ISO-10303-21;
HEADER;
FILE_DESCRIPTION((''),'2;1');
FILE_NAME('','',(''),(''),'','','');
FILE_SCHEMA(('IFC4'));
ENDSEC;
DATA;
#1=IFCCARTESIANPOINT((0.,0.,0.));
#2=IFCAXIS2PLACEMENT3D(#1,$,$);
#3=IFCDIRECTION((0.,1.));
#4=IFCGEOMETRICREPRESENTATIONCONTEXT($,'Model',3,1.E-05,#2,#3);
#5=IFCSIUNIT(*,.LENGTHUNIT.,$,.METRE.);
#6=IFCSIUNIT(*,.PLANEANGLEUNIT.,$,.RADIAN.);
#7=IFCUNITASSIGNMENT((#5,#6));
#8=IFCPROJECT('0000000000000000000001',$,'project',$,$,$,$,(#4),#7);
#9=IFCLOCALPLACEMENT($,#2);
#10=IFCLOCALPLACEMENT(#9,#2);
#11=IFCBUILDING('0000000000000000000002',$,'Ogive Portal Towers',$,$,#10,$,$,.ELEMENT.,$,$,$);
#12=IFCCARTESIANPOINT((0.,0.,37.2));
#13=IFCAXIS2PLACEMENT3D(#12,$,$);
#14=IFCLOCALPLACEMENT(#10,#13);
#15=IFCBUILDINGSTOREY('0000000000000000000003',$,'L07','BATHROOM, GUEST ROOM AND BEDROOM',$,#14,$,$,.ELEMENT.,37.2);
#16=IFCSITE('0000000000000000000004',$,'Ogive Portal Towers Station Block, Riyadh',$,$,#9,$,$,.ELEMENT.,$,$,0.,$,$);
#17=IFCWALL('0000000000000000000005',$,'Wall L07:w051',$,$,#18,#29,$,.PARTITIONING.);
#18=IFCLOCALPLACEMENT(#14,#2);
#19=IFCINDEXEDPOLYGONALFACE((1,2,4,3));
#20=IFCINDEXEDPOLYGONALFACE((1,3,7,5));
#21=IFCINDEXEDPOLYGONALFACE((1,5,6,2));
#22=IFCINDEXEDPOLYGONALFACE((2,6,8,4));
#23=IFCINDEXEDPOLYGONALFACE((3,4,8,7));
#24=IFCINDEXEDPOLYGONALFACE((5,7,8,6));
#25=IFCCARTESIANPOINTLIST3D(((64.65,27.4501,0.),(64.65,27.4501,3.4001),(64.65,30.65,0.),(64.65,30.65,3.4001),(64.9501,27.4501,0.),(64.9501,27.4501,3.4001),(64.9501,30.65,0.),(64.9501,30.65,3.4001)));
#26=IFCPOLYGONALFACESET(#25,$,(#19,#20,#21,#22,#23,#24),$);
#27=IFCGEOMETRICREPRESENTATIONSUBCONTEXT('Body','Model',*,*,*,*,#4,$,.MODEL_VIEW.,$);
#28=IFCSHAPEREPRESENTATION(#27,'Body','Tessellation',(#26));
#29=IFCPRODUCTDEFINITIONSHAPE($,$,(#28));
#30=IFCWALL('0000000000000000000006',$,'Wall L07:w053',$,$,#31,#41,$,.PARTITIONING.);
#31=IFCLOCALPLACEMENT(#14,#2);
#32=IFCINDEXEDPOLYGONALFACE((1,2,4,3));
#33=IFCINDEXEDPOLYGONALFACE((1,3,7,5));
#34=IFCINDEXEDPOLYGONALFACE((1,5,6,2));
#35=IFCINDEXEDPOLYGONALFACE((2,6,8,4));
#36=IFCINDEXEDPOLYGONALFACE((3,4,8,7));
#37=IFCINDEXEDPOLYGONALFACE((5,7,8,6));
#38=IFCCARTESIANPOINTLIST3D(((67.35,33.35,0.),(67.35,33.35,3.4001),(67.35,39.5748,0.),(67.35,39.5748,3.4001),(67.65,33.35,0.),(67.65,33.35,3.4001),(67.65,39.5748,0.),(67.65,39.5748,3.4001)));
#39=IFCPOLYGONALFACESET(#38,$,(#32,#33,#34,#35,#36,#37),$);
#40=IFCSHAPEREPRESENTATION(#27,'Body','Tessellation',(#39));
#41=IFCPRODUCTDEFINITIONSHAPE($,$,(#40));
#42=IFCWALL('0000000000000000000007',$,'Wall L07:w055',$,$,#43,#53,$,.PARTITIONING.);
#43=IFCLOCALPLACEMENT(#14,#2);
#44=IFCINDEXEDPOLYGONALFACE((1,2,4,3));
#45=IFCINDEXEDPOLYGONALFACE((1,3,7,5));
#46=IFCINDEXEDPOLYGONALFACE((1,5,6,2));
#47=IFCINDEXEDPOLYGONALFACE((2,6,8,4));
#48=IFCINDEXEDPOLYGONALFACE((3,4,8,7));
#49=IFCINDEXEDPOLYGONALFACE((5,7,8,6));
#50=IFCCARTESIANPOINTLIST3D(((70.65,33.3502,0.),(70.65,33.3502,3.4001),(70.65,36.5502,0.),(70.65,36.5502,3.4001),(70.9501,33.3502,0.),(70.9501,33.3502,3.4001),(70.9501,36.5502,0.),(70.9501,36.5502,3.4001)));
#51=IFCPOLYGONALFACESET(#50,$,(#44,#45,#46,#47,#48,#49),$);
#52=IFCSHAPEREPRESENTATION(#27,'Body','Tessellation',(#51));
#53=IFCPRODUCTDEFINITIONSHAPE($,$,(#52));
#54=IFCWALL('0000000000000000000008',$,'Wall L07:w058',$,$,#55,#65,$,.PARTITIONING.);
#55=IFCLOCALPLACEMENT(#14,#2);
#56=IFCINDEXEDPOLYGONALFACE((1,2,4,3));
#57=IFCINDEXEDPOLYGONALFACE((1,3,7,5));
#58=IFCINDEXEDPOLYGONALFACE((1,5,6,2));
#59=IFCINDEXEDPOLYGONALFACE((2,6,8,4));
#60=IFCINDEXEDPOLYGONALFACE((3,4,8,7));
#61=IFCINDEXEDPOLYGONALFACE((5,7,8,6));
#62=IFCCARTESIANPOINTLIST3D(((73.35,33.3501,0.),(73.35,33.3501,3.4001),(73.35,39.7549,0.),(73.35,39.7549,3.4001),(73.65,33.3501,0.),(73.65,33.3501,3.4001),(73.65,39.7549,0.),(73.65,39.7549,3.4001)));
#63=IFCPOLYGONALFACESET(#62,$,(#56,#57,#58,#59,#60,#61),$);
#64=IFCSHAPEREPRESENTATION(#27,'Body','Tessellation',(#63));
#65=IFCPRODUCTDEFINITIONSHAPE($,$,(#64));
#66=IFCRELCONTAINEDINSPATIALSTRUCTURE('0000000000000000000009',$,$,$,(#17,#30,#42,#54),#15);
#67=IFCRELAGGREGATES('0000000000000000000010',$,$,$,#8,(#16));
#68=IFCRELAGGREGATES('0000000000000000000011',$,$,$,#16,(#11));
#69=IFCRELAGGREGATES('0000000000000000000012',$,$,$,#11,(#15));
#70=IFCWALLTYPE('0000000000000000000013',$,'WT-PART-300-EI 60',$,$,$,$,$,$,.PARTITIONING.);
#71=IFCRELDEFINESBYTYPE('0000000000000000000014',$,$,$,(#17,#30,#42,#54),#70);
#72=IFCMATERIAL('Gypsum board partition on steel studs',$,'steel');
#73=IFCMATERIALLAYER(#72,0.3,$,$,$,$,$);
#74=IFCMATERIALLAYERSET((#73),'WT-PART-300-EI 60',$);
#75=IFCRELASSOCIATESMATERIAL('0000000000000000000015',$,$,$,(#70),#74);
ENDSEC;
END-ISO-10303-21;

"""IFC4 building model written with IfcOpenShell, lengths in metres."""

from ifc_helpers import new_model, si_unit, direction, frame, frame_2d, origin, place, context, subcontext, project, spatial, rectangle, extrude, material, layer, layer_set, type_object, element, save


model = new_model("IFC4")

# Units and contexts
model_context = context("Model", 3, precision=1e-05, world=origin(), true_north=direction((0.0, 1.0)))
body_context = subcontext(model_context, "Body", "Model", "MODEL_VIEW")
ifc_project = project(units=[si_unit("LENGTHUNIT", "METRE"), si_unit("PLANEANGLEUNIT", "RADIAN")], contexts=[model_context])

# Site, building, storey
site_placement = place(None, origin())
site = spatial("IfcSite", under=ifc_project, at=site_placement, Name="Ogive Portal Towers Station Block, Riyadh", CompositionType="ELEMENT", RefElevation=0.0)
building_placement = place(site_placement, origin())
building = spatial("IfcBuilding", under=site, at=building_placement, Name="Ogive Portal Towers", CompositionType="ELEMENT")
storey_placement = place(building_placement, frame((0.0, 0.0, 37.2)))
storey = spatial("IfcBuildingStorey", under=building, at=storey_placement, Name="L07", Description="BATHROOM, GUEST ROOM AND BEDROOM", CompositionType="ELEMENT", Elevation=37.2)

# Shared definitions
ifc_material_1 = material(Name="Gypsum board partition on steel studs", Category="steel")
ifc_layer_1 = layer(ifc_material_1, 0.3)
ifc_layer_set_1 = layer_set([ifc_layer_1], Name="WT-PART-300-EI 60")
wall_type = type_object("IfcWallType", Name="WT-PART-300-EI 60", PredefinedType="PARTITIONING", material=ifc_layer_set_1)

# Walls
wall_1_placement = place(storey_placement, frame((64.8, 27.45, 0.0), z_axis=(0.0, 0.0, 1.0), x_axis=(0.0, 1.0, 0.0)))
element("IfcWall", 1, at=wall_1_placement, inside=storey, type_object=wall_type, Name="Wall L07:w051", PredefinedType="PARTITIONING", context=body_context, shape_type="SweptSolid", body=[
    extrude(rectangle(XDim=3.2, YDim=0.3, at=frame_2d((1.6001, 0.0))), origin(), (0.0, 0.0, 1.0), 3.4001),
])
wall_2_placement = place(storey_placement, frame((67.5, 33.3501, 0.0), z_axis=(0.0, 0.0, 1.0), x_axis=(0.0, 1.0, 0.0)))
element("IfcWall", 2, at=wall_2_placement, inside=storey, type_object=wall_type, Name="Wall L07:w053", PredefinedType="PARTITIONING", context=body_context, shape_type="SweptSolid", body=[
    extrude(rectangle(XDim=6.2249, YDim=0.3, at=frame_2d((3.1123, 0.0))), origin(), (0.0, 0.0, 1.0), 3.4001),
])
wall_3_placement = place(storey_placement, frame((70.8, 33.3501, 0.0), z_axis=(0.0, 0.0, 1.0), x_axis=(0.0, 1.0, 0.0)))
element("IfcWall", 3, at=wall_3_placement, inside=storey, type_object=wall_type, Name="Wall L07:w055", PredefinedType="PARTITIONING", context=body_context, shape_type="SweptSolid", body=[
    extrude(rectangle(XDim=3.2, YDim=0.3, at=frame_2d((1.6001, 0.0))), origin(), (0.0, 0.0, 1.0), 3.4001),
])
wall_4_placement = place(storey_placement, frame((73.5, 33.3501, 0.0), z_axis=(0.0, 0.0, 1.0), x_axis=(0.0, 1.0, 0.0)))
element("IfcWall", 4, at=wall_4_placement, inside=storey, type_object=wall_type, Name="Wall L07:w058", PredefinedType="PARTITIONING", context=body_context, shape_type="SweptSolid", body=[
    extrude(rectangle(XDim=6.4048, YDim=0.3, at=frame_2d((3.2024, 0.0))), origin(), (0.0, 0.0, 1.0), 3.4001),
])

save(model, "model.ifc")
